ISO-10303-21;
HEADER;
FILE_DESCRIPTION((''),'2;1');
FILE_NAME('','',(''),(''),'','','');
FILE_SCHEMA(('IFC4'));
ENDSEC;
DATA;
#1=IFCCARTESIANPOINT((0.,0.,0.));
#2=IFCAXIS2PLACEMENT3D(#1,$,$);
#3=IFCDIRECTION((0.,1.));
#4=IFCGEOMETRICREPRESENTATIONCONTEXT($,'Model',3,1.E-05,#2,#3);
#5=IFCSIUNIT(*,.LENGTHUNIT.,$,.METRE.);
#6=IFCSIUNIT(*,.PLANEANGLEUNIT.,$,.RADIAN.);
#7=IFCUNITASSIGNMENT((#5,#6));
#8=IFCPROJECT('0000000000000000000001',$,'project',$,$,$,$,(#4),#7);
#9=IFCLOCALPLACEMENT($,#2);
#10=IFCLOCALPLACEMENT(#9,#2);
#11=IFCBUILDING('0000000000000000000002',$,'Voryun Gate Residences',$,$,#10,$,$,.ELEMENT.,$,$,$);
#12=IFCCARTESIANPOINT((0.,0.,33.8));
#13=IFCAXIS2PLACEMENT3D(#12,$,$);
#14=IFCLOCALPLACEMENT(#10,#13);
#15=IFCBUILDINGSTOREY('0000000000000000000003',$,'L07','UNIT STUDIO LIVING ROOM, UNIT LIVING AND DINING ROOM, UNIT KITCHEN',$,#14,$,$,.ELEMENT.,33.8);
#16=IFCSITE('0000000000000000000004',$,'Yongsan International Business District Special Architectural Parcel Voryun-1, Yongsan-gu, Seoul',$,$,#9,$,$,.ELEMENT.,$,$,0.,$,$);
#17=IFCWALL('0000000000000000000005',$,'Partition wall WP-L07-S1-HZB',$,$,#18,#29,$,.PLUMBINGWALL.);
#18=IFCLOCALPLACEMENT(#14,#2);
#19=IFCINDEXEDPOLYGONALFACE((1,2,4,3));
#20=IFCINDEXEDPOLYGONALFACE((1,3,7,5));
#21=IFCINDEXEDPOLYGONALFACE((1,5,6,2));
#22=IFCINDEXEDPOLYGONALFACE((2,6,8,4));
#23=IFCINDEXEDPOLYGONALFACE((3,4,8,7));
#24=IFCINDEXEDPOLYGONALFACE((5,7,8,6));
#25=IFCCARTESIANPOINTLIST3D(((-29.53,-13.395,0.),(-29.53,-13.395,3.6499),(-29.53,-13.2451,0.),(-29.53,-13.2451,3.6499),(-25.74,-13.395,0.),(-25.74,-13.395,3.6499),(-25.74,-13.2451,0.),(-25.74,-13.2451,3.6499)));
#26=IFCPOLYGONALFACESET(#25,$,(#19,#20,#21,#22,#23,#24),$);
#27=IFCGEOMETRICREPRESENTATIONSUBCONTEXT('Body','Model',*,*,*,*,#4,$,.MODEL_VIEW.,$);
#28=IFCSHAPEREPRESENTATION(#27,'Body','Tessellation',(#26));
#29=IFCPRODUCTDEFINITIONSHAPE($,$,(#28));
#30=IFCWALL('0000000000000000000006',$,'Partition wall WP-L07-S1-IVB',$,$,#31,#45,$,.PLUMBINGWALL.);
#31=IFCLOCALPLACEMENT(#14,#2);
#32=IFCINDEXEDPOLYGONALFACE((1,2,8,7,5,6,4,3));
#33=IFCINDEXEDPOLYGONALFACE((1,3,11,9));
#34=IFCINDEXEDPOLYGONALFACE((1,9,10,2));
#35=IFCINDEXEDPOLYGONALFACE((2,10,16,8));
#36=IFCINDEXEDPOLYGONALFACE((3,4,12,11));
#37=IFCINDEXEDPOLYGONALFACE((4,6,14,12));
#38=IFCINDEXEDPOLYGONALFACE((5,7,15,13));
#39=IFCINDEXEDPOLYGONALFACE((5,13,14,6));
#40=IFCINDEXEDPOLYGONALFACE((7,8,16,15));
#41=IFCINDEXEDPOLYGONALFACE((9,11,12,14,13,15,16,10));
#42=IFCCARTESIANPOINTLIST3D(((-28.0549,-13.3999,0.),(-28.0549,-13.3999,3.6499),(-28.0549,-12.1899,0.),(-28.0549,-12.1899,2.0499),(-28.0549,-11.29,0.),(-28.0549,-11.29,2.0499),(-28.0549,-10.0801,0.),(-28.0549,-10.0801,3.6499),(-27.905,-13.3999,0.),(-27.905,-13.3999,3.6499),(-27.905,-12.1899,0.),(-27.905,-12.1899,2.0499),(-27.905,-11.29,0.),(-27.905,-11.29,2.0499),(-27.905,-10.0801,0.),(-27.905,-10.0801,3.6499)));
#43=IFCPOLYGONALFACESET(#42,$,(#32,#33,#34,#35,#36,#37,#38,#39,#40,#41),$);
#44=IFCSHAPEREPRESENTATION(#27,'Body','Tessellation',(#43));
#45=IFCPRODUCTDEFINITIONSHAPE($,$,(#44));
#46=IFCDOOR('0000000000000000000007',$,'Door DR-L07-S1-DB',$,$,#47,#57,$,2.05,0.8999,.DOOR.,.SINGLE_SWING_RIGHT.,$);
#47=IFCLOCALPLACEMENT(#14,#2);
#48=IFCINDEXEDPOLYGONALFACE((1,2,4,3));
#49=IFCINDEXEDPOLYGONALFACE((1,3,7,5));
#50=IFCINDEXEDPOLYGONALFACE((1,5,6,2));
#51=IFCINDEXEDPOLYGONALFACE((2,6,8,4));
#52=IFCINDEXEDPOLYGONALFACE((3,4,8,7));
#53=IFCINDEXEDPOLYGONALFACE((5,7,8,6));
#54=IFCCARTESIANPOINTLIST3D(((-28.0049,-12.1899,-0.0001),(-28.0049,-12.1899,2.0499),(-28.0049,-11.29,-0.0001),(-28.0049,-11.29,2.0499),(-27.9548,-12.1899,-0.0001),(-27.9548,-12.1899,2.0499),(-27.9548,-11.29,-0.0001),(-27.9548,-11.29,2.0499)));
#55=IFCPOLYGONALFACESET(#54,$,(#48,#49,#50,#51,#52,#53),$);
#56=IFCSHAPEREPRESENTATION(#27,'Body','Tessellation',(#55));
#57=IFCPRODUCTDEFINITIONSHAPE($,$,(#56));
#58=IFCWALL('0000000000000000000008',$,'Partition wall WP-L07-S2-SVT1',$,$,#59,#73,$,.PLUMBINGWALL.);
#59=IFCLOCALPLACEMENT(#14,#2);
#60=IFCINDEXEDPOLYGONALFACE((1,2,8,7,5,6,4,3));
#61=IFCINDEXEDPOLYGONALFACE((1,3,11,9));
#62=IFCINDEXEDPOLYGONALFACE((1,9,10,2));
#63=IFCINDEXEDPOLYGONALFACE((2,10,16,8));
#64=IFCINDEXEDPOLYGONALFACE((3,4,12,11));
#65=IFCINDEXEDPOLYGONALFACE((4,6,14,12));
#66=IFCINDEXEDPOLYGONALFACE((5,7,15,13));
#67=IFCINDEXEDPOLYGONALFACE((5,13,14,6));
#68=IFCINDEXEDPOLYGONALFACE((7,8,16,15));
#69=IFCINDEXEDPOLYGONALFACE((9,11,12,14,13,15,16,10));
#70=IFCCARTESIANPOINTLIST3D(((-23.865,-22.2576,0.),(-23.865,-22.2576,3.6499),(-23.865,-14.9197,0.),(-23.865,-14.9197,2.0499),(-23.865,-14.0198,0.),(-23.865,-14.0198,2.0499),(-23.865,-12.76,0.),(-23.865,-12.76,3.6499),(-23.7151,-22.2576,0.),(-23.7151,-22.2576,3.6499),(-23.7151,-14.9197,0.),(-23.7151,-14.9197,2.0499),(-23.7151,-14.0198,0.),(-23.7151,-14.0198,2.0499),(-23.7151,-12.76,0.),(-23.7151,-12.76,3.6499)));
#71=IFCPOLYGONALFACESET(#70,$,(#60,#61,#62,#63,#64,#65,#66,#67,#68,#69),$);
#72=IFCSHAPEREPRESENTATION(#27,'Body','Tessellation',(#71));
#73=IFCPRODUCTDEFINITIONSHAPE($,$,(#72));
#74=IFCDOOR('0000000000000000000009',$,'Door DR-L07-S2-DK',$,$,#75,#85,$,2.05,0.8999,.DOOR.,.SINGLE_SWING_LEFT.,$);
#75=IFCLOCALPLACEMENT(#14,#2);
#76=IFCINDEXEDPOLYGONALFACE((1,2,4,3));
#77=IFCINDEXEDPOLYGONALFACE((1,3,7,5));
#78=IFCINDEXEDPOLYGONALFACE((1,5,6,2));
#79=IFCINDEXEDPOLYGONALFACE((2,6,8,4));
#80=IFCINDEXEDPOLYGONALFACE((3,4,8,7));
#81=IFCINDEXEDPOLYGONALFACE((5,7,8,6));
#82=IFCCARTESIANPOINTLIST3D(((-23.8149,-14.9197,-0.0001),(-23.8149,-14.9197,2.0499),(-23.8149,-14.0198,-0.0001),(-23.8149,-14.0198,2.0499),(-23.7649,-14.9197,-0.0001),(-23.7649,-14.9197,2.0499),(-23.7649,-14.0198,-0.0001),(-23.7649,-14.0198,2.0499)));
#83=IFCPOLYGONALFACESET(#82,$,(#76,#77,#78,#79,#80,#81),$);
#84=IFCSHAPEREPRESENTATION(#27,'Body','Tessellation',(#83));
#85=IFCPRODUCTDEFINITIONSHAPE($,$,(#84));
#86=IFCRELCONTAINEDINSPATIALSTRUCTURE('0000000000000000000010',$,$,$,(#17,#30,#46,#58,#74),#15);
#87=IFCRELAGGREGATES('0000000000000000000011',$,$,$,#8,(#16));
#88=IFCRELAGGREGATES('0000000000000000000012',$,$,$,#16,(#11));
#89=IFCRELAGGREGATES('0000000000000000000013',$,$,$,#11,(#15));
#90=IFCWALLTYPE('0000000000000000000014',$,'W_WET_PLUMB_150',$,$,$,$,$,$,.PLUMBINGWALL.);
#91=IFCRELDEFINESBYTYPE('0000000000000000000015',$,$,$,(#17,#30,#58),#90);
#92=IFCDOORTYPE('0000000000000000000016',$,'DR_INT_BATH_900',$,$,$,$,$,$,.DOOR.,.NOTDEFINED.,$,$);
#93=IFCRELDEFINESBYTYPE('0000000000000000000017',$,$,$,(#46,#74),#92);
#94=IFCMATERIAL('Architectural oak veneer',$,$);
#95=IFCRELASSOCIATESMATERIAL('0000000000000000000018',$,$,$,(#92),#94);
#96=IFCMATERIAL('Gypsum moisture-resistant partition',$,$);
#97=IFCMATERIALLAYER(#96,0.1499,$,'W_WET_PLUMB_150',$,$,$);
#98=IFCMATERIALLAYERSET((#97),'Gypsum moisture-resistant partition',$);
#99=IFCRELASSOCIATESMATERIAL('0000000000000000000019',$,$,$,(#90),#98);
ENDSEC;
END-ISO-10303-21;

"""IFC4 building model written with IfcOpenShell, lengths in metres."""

from ifc_helpers import new_model, si_unit, direction, frame, frame_2d, origin, place, context, subcontext, project, spatial, rectangle, extrude, material, layer, layer_set, type_object, element, fill, save


model = new_model("IFC4")

# Units and contexts
model_context = context("Model", 3, precision=1e-05, world=origin(), true_north=direction((0.0, 1.0)))
body_context = subcontext(model_context, "Body", "Model", "MODEL_VIEW")
ifc_project = project(units=[si_unit("LENGTHUNIT", "METRE"), si_unit("PLANEANGLEUNIT", "RADIAN")], contexts=[model_context])

# Site, building, storey
site_placement = place(None, origin())
site = spatial("IfcSite", under=ifc_project, at=site_placement, Name="Yongsan International Business District Special Architectural Parcel Voryun-1, Yongsan-gu, Seoul", CompositionType="ELEMENT", RefElevation=0.0)
building_placement = place(site_placement, origin())
building = spatial("IfcBuilding", under=site, at=building_placement, Name="Voryun Gate Residences", CompositionType="ELEMENT")
storey_placement = place(building_placement, frame((0.0, 0.0, 33.8)))
storey = spatial("IfcBuildingStorey", under=building, at=storey_placement, Name="L07", Description="UNIT STUDIO LIVING ROOM, UNIT LIVING AND DINING ROOM, UNIT KITCHEN", CompositionType="ELEMENT", Elevation=33.8)

# Shared definitions
ifc_material_1 = material(Name="Architectural oak veneer")
door_type_1 = type_object("IfcDoorType", Name="DR_INT_BATH_900", OperationType="NOTDEFINED", PredefinedType="DOOR", material=ifc_material_1)

# Wall
ifc_material_2 = material(Name="Gypsum moisture-resistant partition")
ifc_layer_1 = layer(ifc_material_2, 0.1499, Name="W_WET_PLUMB_150")
ifc_layer_set_1 = layer_set([ifc_layer_1], Name="Gypsum moisture-resistant partition")
wall_type_1 = type_object("IfcWallType", Name="W_WET_PLUMB_150", PredefinedType="PLUMBINGWALL", material=ifc_layer_set_1)
wall_1_placement = place(storey_placement, frame((-29.53, -13.3201, 0.0), z_axis=(0.0, 0.0, 1.0), x_axis=(1.0, 0.0, 0.0)))
element("IfcWall", 1, at=wall_1_placement, inside=storey, type_object=wall_type_1, Name="Partition wall WP-L07-S1-HZB", PredefinedType="PLUMBINGWALL", context=body_context, shape_type="SweptSolid", body=[
    extrude(rectangle(XDim=3.79, YDim=0.1499, at=frame_2d((1.895, 0.0))), origin(), (0.0, 0.0, 1.0), 3.6499),
])

# Walls, openings, doors
wall_2_placement = place(storey_placement, frame((-27.98, -13.3999, 0.0), z_axis=(0.0, 0.0, 1.0), x_axis=(0.0, 1.0, 0.0)))
wall_2 = element("IfcWall", 2, at=wall_2_placement, inside=storey, type_object=wall_type_1, Name="Partition wall WP-L07-S1-IVB", PredefinedType="PLUMBINGWALL", context=body_context, shape_type="SweptSolid", body=[
    extrude(rectangle(XDim=3.3198, YDim=0.1499, at=frame_2d((1.6599, 0.0))), origin(), (0.0, 0.0, 1.0), 3.6499),
])
opening_1_placement = place(wall_2_placement, frame((1.21, 0.0, 0.0)))
opening_1 = element("IfcOpeningElement", 3, at=opening_1_placement, cuts=wall_2, PredefinedType="OPENING", context=body_context, shape_type="SweptSolid", body=[
    extrude(rectangle(XDim=0.8999, YDim=2.05, at=frame_2d((0.45, 1.0249))), frame((0.0, 0.085, 0.0), z_axis=(0.0, -1.0, 0.0), x_axis=(1.0, 0.0, 0.0)), (0.0, 0.0, 1.0), 0.1699),
])
door_1_placement = place(opening_1_placement, origin())
door_1 = element("IfcDoor", 4, at=door_1_placement, inside=storey, type_object=door_type_1, Name="Door DR-L07-S1-DB", OperationType="SINGLE_SWING_RIGHT", OverallHeight=2.05, OverallWidth=0.8999, PredefinedType="DOOR", context=body_context, shape_type="SweptSolid", body=[
    extrude(rectangle(XDim=0.8999, YDim=2.05, at=frame_2d((0.45, 1.0249))), frame((0.0, 0.0249, 0.0), z_axis=(0.0, -1.0, 0.0), x_axis=(1.0, 0.0, 0.0)), (0.0, 0.0, 1.0), 0.05),
])
fill(opening_1, door_1)
wall_3_placement = place(storey_placement, frame((-23.79, -22.2576, 0.0), z_axis=(0.0, 0.0, 1.0), x_axis=(0.0, 1.0, 0.0)))
wall_3 = element("IfcWall", 5, at=wall_3_placement, inside=storey, type_object=wall_type_1, Name="Partition wall WP-L07-S2-SVT1", PredefinedType="PLUMBINGWALL", context=body_context, shape_type="SweptSolid", body=[
    extrude(rectangle(XDim=9.4976, YDim=0.1499, at=frame_2d((4.7488, 0.0))), origin(), (0.0, 0.0, 1.0), 3.6499),
])
opening_2_placement = place(wall_3_placement, frame((7.3379, 0.0, 0.0)))
opening_2 = element("IfcOpeningElement", 6, at=opening_2_placement, cuts=wall_3, PredefinedType="OPENING", context=body_context, shape_type="SweptSolid", body=[
    extrude(rectangle(XDim=0.8999, YDim=2.05, at=frame_2d((0.45, 1.0249))), frame((0.0, 0.085, 0.0), z_axis=(0.0, -1.0, 0.0), x_axis=(1.0, 0.0, 0.0)), (0.0, 0.0, 1.0), 0.1699),
])
door_2_placement = place(opening_2_placement, origin())
door_2 = element("IfcDoor", 7, at=door_2_placement, inside=storey, type_object=door_type_1, Name="Door DR-L07-S2-DK", OperationType="SINGLE_SWING_LEFT", OverallHeight=2.05, OverallWidth=0.8999, PredefinedType="DOOR", context=body_context, shape_type="SweptSolid", body=[
    extrude(rectangle(XDim=0.8999, YDim=2.05, at=frame_2d((0.45, 1.0249))), frame((0.0, 0.0249, 0.0), z_axis=(0.0, -1.0, 0.0), x_axis=(1.0, 0.0, 0.0)), (0.0, 0.0, 1.0), 0.05),
])
fill(opening_2, door_2)

save(model, "model.ifc")
